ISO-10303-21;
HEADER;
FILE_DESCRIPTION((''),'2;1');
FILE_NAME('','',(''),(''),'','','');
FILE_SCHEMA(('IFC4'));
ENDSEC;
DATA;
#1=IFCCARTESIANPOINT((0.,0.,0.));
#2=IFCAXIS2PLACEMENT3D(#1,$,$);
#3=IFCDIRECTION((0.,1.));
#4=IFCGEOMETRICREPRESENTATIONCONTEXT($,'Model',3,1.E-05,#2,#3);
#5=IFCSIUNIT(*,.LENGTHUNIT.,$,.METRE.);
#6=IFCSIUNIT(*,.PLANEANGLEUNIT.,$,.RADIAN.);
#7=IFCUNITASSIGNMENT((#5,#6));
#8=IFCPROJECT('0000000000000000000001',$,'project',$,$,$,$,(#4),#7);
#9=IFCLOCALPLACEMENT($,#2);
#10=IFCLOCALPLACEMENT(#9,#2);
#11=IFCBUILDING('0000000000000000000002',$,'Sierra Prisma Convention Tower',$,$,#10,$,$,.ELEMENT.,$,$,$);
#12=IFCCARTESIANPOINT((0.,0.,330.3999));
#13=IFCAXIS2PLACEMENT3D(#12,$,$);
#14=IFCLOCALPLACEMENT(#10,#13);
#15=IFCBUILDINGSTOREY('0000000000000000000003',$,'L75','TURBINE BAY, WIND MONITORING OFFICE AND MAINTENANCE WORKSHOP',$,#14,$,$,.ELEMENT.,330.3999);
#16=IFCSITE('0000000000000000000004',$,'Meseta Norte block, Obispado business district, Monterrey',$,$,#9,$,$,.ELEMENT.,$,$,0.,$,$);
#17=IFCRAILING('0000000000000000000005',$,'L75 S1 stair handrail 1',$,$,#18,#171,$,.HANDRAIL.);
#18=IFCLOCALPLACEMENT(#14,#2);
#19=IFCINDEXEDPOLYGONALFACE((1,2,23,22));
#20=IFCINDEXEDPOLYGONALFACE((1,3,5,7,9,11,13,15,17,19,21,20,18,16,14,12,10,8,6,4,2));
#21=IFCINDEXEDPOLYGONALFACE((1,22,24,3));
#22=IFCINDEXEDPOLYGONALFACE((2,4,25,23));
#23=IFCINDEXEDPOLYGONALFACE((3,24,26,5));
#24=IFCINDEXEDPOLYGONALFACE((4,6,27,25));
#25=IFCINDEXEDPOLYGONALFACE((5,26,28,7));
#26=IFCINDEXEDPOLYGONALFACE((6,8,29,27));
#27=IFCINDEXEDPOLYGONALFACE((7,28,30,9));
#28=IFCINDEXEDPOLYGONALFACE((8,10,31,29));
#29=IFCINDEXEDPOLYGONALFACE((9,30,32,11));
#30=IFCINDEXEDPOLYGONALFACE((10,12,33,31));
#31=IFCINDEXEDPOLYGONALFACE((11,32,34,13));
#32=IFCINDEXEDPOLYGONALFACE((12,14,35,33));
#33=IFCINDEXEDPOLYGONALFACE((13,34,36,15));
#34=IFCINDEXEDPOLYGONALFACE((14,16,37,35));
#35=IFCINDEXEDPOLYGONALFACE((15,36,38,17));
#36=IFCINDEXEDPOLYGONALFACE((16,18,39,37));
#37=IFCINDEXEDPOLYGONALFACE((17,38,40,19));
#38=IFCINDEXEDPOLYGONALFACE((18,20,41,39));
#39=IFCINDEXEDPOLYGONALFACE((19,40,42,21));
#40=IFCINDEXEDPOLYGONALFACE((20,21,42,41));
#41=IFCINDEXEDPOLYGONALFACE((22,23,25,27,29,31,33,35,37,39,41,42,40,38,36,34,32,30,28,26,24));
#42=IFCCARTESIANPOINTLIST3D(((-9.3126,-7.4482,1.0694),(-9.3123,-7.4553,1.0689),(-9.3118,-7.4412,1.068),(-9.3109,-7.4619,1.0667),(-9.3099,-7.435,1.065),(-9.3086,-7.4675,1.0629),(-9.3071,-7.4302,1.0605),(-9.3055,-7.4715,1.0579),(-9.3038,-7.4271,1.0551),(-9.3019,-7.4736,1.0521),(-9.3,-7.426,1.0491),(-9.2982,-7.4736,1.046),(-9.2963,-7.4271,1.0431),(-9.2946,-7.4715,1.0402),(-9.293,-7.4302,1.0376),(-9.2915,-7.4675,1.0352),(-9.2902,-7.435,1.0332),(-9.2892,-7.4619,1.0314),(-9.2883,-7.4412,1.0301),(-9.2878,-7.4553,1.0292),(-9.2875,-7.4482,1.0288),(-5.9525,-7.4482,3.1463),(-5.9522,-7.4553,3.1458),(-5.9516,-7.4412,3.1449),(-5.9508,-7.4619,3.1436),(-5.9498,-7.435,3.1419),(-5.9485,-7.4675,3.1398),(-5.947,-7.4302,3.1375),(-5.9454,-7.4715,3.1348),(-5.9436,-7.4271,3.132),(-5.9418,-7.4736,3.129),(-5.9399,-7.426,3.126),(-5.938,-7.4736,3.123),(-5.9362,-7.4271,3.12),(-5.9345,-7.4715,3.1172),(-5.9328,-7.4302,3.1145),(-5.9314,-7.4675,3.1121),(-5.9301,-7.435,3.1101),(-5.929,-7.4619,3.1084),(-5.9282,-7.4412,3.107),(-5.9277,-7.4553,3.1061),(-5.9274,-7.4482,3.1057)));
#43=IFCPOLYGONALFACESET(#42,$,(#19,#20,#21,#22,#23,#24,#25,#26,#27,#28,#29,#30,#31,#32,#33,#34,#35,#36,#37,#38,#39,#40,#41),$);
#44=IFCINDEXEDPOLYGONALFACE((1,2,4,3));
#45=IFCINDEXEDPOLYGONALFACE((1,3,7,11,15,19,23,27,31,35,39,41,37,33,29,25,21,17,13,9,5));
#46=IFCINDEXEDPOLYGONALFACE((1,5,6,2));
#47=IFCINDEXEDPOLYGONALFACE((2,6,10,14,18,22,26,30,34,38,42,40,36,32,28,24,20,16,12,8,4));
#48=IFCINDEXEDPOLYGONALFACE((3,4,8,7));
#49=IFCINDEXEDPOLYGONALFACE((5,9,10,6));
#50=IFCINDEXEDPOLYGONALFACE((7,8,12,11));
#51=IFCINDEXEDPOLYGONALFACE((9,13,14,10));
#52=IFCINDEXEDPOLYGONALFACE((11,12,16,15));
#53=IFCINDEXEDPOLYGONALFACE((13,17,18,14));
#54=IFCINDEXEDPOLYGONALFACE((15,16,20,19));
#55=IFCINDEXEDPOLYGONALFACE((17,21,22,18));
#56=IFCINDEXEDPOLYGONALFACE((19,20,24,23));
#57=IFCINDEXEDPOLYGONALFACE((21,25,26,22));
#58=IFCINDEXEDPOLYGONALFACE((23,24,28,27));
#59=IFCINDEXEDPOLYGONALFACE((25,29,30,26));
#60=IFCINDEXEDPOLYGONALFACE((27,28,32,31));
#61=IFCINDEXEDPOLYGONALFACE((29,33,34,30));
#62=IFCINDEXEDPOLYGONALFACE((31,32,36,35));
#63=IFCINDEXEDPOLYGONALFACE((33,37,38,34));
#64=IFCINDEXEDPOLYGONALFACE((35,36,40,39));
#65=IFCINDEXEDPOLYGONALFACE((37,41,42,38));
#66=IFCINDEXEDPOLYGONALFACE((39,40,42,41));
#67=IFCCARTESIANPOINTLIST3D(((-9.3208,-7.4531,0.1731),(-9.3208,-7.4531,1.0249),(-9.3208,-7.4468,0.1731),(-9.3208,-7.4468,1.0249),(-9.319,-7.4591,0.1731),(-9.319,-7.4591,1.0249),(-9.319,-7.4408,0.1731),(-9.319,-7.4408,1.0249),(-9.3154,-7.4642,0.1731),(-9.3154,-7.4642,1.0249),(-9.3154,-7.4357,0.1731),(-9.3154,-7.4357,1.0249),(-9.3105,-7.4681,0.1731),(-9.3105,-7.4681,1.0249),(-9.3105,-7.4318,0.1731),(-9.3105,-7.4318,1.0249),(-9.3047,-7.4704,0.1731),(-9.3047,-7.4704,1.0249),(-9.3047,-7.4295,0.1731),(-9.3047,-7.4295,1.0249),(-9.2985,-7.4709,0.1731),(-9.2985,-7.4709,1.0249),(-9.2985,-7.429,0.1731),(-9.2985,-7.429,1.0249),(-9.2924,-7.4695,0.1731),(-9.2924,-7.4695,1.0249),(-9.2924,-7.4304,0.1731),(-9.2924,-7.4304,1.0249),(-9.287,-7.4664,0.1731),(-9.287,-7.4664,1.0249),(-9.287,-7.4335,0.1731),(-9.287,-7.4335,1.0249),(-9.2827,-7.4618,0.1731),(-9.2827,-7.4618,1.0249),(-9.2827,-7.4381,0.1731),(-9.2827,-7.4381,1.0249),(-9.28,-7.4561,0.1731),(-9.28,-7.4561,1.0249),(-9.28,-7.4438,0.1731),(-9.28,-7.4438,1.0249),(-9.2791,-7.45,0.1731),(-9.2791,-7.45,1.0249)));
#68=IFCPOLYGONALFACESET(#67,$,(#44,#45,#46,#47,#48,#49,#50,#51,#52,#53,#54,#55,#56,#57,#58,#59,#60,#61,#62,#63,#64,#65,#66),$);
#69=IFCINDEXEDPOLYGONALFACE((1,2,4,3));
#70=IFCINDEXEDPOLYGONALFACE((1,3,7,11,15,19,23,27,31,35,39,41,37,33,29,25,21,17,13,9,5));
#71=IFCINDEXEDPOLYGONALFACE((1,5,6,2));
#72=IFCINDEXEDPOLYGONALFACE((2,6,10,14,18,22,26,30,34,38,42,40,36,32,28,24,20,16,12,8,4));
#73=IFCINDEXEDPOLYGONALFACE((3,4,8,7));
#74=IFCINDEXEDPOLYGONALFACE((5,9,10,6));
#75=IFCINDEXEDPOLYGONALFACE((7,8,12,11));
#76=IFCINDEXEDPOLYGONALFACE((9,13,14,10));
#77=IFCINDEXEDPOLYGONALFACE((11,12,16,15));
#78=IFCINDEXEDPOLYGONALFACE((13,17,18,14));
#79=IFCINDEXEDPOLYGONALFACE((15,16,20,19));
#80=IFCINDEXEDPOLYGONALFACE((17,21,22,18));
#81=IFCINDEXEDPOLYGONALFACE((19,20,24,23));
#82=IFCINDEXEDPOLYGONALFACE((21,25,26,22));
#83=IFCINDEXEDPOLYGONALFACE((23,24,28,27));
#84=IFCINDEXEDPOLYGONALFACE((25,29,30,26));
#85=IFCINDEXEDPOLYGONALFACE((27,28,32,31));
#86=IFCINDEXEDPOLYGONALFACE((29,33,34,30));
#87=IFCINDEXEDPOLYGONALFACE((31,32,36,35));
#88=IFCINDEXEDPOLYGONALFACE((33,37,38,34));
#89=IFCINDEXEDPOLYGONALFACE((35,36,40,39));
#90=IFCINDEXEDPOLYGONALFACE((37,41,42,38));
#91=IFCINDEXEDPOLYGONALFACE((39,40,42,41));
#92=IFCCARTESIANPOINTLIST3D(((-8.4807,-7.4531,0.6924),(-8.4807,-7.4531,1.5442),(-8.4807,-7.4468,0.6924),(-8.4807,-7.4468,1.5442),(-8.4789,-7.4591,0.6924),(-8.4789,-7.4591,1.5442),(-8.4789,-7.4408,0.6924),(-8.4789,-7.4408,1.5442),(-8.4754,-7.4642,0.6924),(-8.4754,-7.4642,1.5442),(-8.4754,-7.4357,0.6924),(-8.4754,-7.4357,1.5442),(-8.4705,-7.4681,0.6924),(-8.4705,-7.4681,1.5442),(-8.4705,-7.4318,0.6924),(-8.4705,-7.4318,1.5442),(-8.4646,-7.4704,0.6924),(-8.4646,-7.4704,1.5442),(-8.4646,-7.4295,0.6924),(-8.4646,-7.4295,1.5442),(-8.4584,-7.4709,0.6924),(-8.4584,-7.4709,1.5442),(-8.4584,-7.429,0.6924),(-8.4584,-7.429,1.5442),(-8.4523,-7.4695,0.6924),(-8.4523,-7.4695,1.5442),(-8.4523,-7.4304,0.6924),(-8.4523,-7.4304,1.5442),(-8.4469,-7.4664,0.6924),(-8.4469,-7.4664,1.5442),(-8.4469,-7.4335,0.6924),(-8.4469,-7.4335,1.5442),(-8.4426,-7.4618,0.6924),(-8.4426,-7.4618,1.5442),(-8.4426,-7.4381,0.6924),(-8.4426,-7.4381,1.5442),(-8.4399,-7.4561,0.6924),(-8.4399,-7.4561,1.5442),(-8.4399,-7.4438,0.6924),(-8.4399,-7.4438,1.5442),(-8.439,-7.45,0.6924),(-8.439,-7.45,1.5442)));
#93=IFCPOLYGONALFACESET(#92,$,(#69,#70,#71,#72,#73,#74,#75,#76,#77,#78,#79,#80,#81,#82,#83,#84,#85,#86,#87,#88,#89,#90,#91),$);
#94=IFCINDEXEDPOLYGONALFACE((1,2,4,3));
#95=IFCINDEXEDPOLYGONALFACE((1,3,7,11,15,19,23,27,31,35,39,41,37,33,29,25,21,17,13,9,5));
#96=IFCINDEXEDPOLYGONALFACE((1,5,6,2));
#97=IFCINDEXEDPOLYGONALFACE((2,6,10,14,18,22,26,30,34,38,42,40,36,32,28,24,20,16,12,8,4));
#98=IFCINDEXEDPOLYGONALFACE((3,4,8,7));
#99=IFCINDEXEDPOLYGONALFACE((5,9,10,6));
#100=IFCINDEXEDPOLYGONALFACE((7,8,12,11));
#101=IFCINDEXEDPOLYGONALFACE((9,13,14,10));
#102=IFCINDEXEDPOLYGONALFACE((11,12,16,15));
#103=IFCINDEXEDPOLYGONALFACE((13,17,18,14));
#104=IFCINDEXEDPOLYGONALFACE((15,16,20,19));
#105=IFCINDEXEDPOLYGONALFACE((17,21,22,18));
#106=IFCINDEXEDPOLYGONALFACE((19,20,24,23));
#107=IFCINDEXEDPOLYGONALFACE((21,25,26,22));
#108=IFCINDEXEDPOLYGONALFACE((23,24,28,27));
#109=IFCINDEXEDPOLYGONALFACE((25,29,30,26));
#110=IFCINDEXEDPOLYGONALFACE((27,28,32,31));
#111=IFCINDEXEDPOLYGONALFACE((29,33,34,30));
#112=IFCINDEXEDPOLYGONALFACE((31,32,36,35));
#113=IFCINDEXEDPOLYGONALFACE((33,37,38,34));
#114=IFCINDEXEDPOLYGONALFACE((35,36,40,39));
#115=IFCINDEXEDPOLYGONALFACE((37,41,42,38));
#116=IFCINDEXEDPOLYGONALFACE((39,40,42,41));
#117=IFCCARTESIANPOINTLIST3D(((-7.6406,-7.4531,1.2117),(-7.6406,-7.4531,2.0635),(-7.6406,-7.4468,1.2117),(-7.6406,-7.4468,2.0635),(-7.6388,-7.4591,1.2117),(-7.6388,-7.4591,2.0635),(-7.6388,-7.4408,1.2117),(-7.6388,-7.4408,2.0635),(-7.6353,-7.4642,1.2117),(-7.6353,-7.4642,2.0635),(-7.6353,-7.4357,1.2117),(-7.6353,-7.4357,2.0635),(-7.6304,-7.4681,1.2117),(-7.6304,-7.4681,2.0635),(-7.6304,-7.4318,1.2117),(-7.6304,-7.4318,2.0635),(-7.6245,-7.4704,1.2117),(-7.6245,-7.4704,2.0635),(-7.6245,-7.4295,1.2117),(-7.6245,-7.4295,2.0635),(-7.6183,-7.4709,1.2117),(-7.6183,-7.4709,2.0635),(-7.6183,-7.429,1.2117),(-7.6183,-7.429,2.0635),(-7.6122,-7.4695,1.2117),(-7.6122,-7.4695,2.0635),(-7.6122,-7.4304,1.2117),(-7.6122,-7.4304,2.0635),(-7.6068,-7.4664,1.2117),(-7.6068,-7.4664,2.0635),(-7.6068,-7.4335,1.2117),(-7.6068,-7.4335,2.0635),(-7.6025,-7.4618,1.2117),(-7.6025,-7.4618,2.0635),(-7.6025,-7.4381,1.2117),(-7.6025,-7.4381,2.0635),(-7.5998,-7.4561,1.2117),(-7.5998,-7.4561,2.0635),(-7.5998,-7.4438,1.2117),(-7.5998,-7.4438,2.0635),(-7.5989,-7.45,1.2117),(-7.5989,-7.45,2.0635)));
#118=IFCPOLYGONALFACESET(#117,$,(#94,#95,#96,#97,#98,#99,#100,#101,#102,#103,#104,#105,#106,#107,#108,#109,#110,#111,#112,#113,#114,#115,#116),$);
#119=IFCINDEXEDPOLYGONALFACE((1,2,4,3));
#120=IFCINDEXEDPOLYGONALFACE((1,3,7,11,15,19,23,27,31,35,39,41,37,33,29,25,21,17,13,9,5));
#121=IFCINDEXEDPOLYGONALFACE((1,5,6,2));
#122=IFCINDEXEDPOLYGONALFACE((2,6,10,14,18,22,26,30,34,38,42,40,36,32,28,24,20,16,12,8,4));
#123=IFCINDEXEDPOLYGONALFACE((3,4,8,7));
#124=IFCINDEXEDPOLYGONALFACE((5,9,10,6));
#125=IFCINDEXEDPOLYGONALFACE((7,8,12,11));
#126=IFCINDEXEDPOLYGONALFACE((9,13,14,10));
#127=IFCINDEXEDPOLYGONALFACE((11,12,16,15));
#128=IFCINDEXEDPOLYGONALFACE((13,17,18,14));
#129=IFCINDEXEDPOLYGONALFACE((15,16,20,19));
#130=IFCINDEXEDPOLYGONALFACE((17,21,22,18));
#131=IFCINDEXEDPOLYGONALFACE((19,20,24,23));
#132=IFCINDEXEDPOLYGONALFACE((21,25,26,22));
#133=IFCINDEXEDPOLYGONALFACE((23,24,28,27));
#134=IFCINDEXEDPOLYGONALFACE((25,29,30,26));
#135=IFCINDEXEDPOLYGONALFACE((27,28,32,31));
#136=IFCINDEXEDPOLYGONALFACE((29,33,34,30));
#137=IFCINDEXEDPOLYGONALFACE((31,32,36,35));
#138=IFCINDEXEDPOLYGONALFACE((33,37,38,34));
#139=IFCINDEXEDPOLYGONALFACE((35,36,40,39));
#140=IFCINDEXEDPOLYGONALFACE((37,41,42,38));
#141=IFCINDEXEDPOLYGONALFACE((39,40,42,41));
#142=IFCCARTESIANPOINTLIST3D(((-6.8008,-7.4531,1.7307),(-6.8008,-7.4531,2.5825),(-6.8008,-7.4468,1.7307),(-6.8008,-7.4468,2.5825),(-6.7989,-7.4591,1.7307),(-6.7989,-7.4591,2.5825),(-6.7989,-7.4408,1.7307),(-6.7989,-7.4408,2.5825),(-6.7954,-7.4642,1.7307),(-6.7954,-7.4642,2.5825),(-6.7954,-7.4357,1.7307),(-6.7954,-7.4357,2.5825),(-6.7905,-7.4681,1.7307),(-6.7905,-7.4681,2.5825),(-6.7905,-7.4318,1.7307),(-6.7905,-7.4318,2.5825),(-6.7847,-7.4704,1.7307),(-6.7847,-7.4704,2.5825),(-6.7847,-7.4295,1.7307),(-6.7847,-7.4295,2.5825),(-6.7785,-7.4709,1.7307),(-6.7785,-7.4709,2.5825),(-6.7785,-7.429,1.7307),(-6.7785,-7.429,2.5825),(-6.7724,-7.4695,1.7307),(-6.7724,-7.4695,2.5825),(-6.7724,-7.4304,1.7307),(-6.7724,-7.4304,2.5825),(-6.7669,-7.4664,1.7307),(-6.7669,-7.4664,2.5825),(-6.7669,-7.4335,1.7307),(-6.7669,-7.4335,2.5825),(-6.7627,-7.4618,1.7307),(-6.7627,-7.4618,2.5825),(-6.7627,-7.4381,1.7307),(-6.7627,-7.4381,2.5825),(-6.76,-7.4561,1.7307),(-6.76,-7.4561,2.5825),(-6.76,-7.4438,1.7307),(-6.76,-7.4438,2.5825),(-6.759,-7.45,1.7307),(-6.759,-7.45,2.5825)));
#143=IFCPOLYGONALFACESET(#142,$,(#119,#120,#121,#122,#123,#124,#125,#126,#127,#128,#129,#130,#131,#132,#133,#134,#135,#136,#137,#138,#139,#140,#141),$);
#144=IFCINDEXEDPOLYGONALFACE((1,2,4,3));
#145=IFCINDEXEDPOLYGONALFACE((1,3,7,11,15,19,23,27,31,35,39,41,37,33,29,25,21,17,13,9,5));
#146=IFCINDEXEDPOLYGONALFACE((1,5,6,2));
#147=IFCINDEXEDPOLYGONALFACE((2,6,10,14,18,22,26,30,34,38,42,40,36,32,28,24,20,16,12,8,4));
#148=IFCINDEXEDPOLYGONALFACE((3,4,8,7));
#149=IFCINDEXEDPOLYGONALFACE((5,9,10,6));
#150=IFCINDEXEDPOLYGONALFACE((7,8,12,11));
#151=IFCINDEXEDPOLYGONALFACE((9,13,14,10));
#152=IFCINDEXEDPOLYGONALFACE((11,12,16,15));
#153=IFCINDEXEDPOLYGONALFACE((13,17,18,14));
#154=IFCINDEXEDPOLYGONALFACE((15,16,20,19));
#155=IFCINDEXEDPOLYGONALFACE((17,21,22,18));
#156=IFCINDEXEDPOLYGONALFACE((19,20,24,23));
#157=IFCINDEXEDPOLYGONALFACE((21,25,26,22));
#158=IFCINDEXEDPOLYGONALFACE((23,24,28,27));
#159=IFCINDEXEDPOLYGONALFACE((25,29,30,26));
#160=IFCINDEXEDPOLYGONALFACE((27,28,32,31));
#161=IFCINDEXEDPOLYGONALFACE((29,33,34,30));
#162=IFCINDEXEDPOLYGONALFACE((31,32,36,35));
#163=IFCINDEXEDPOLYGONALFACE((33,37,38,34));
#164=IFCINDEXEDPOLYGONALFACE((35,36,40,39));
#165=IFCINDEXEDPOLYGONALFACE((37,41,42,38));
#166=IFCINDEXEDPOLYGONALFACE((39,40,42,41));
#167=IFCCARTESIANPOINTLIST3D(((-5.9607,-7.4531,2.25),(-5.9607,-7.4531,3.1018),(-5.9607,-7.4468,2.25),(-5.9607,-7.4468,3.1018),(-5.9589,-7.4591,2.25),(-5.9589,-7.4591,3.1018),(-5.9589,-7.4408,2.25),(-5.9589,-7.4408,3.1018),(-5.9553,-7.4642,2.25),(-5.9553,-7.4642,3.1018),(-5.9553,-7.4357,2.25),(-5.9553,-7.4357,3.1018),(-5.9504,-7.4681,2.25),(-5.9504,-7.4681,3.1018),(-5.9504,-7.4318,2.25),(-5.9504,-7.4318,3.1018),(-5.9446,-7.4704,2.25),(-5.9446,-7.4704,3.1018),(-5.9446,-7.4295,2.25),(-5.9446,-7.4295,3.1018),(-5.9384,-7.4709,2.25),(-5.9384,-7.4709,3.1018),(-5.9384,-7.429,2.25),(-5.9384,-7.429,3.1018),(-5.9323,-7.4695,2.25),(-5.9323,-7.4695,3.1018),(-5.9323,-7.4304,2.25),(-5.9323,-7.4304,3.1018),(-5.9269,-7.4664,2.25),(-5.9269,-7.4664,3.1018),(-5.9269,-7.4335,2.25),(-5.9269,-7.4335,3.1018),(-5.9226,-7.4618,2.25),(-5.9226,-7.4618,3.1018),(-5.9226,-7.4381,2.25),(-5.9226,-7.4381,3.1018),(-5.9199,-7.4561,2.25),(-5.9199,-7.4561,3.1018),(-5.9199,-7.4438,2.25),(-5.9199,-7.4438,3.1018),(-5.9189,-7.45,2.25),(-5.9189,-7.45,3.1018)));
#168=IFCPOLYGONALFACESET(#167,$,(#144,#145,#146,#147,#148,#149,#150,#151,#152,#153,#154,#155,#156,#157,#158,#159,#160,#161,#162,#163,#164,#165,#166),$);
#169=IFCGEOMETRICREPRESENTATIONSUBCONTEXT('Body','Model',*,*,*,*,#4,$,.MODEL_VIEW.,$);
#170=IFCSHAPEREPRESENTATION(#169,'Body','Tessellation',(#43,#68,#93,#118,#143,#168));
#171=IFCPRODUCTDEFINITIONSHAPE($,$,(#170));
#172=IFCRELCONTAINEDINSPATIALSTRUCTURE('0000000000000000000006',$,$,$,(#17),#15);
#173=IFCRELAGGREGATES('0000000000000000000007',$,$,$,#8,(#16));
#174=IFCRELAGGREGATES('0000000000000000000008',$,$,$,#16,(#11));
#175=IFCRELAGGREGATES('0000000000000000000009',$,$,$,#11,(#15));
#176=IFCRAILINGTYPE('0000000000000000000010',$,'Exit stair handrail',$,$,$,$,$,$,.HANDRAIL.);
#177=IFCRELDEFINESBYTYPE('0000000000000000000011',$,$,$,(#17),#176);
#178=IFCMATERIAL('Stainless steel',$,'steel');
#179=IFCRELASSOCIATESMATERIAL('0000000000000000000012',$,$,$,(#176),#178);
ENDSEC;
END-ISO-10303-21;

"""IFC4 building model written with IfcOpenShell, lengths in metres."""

from ifc_helpers import new_model, si_unit, direction, frame, origin, origin_2d, place, context, subcontext, project, spatial, circle, extrude, material, type_object, element, save


model = new_model("IFC4")

# Units and contexts
model_context = context("Model", 3, precision=1e-05, world=origin(), true_north=direction((0.0, 1.0)))
body_context = subcontext(model_context, "Body", "Model", "MODEL_VIEW")
ifc_project = project(units=[si_unit("LENGTHUNIT", "METRE"), si_unit("PLANEANGLEUNIT", "RADIAN")], contexts=[model_context])

# Site, building, storey
site_placement = place(None, origin())
site = spatial("IfcSite", under=ifc_project, at=site_placement, Name="Meseta Norte block, Obispado business district, Monterrey", CompositionType="ELEMENT", RefElevation=0.0)
building_placement = place(site_placement, origin())
building = spatial("IfcBuilding", under=site, at=building_placement, Name="Sierra Prisma Convention Tower", CompositionType="ELEMENT")
storey_placement = place(building_placement, frame((0.0, 0.0, 330.3999)))
storey = spatial("IfcBuildingStorey", under=building, at=storey_placement, Name="L75", Description="TURBINE BAY, WIND MONITORING OFFICE AND MAINTENANCE WORKSHOP", CompositionType="ELEMENT", Elevation=330.3999)

# Railing
ifc_material_1 = material(Name="Stainless steel", Category="steel")
railing_type_1 = type_object("IfcRailingType", Name="Exit stair handrail", PredefinedType="HANDRAIL", material=ifc_material_1)
for number, where, name in (
    (1, (-9.3, -7.45, 0.1731), "L75 S1 stair handrail 1"),
):
    element("IfcRailing", number, at=place(storey_placement, frame(where)), inside=storey, type_object=railing_type_1, Name=name, PredefinedType="HANDRAIL", context=body_context, shape_type="SweptSolid", body=[
        extrude(circle(Radius=0.0239, at=origin_2d()), frame((0.0, 0.0, 0.876), z_axis=(0.850623, 0.0, 0.525776), x_axis=(0.0, 1.0, 0.0)), (0.0, 0.0, 1.0), 3.9502),
        extrude(circle(Radius=0.021, at=origin_2d()), origin(), (0.0, 0.0, 1.0), 0.8518),
        extrude(circle(Radius=0.021, at=origin_2d()), frame((0.8401, 0.0, 0.5193)), (0.0, 0.0, 1.0), 0.8518),
        extrude(circle(Radius=0.021, at=origin_2d()), frame((1.6802, 0.0, 1.0386)), (0.0, 0.0, 1.0), 0.8518),
        extrude(circle(Radius=0.021, at=origin_2d()), frame((2.52, 0.0, 1.5576)), (0.0, 0.0, 1.0), 0.8518),
        extrude(circle(Radius=0.021, at=origin_2d()), frame((3.3601, 0.0, 2.0769)), (0.0, 0.0, 1.0), 0.8518),
    ])

save(model, "model.ifc")
